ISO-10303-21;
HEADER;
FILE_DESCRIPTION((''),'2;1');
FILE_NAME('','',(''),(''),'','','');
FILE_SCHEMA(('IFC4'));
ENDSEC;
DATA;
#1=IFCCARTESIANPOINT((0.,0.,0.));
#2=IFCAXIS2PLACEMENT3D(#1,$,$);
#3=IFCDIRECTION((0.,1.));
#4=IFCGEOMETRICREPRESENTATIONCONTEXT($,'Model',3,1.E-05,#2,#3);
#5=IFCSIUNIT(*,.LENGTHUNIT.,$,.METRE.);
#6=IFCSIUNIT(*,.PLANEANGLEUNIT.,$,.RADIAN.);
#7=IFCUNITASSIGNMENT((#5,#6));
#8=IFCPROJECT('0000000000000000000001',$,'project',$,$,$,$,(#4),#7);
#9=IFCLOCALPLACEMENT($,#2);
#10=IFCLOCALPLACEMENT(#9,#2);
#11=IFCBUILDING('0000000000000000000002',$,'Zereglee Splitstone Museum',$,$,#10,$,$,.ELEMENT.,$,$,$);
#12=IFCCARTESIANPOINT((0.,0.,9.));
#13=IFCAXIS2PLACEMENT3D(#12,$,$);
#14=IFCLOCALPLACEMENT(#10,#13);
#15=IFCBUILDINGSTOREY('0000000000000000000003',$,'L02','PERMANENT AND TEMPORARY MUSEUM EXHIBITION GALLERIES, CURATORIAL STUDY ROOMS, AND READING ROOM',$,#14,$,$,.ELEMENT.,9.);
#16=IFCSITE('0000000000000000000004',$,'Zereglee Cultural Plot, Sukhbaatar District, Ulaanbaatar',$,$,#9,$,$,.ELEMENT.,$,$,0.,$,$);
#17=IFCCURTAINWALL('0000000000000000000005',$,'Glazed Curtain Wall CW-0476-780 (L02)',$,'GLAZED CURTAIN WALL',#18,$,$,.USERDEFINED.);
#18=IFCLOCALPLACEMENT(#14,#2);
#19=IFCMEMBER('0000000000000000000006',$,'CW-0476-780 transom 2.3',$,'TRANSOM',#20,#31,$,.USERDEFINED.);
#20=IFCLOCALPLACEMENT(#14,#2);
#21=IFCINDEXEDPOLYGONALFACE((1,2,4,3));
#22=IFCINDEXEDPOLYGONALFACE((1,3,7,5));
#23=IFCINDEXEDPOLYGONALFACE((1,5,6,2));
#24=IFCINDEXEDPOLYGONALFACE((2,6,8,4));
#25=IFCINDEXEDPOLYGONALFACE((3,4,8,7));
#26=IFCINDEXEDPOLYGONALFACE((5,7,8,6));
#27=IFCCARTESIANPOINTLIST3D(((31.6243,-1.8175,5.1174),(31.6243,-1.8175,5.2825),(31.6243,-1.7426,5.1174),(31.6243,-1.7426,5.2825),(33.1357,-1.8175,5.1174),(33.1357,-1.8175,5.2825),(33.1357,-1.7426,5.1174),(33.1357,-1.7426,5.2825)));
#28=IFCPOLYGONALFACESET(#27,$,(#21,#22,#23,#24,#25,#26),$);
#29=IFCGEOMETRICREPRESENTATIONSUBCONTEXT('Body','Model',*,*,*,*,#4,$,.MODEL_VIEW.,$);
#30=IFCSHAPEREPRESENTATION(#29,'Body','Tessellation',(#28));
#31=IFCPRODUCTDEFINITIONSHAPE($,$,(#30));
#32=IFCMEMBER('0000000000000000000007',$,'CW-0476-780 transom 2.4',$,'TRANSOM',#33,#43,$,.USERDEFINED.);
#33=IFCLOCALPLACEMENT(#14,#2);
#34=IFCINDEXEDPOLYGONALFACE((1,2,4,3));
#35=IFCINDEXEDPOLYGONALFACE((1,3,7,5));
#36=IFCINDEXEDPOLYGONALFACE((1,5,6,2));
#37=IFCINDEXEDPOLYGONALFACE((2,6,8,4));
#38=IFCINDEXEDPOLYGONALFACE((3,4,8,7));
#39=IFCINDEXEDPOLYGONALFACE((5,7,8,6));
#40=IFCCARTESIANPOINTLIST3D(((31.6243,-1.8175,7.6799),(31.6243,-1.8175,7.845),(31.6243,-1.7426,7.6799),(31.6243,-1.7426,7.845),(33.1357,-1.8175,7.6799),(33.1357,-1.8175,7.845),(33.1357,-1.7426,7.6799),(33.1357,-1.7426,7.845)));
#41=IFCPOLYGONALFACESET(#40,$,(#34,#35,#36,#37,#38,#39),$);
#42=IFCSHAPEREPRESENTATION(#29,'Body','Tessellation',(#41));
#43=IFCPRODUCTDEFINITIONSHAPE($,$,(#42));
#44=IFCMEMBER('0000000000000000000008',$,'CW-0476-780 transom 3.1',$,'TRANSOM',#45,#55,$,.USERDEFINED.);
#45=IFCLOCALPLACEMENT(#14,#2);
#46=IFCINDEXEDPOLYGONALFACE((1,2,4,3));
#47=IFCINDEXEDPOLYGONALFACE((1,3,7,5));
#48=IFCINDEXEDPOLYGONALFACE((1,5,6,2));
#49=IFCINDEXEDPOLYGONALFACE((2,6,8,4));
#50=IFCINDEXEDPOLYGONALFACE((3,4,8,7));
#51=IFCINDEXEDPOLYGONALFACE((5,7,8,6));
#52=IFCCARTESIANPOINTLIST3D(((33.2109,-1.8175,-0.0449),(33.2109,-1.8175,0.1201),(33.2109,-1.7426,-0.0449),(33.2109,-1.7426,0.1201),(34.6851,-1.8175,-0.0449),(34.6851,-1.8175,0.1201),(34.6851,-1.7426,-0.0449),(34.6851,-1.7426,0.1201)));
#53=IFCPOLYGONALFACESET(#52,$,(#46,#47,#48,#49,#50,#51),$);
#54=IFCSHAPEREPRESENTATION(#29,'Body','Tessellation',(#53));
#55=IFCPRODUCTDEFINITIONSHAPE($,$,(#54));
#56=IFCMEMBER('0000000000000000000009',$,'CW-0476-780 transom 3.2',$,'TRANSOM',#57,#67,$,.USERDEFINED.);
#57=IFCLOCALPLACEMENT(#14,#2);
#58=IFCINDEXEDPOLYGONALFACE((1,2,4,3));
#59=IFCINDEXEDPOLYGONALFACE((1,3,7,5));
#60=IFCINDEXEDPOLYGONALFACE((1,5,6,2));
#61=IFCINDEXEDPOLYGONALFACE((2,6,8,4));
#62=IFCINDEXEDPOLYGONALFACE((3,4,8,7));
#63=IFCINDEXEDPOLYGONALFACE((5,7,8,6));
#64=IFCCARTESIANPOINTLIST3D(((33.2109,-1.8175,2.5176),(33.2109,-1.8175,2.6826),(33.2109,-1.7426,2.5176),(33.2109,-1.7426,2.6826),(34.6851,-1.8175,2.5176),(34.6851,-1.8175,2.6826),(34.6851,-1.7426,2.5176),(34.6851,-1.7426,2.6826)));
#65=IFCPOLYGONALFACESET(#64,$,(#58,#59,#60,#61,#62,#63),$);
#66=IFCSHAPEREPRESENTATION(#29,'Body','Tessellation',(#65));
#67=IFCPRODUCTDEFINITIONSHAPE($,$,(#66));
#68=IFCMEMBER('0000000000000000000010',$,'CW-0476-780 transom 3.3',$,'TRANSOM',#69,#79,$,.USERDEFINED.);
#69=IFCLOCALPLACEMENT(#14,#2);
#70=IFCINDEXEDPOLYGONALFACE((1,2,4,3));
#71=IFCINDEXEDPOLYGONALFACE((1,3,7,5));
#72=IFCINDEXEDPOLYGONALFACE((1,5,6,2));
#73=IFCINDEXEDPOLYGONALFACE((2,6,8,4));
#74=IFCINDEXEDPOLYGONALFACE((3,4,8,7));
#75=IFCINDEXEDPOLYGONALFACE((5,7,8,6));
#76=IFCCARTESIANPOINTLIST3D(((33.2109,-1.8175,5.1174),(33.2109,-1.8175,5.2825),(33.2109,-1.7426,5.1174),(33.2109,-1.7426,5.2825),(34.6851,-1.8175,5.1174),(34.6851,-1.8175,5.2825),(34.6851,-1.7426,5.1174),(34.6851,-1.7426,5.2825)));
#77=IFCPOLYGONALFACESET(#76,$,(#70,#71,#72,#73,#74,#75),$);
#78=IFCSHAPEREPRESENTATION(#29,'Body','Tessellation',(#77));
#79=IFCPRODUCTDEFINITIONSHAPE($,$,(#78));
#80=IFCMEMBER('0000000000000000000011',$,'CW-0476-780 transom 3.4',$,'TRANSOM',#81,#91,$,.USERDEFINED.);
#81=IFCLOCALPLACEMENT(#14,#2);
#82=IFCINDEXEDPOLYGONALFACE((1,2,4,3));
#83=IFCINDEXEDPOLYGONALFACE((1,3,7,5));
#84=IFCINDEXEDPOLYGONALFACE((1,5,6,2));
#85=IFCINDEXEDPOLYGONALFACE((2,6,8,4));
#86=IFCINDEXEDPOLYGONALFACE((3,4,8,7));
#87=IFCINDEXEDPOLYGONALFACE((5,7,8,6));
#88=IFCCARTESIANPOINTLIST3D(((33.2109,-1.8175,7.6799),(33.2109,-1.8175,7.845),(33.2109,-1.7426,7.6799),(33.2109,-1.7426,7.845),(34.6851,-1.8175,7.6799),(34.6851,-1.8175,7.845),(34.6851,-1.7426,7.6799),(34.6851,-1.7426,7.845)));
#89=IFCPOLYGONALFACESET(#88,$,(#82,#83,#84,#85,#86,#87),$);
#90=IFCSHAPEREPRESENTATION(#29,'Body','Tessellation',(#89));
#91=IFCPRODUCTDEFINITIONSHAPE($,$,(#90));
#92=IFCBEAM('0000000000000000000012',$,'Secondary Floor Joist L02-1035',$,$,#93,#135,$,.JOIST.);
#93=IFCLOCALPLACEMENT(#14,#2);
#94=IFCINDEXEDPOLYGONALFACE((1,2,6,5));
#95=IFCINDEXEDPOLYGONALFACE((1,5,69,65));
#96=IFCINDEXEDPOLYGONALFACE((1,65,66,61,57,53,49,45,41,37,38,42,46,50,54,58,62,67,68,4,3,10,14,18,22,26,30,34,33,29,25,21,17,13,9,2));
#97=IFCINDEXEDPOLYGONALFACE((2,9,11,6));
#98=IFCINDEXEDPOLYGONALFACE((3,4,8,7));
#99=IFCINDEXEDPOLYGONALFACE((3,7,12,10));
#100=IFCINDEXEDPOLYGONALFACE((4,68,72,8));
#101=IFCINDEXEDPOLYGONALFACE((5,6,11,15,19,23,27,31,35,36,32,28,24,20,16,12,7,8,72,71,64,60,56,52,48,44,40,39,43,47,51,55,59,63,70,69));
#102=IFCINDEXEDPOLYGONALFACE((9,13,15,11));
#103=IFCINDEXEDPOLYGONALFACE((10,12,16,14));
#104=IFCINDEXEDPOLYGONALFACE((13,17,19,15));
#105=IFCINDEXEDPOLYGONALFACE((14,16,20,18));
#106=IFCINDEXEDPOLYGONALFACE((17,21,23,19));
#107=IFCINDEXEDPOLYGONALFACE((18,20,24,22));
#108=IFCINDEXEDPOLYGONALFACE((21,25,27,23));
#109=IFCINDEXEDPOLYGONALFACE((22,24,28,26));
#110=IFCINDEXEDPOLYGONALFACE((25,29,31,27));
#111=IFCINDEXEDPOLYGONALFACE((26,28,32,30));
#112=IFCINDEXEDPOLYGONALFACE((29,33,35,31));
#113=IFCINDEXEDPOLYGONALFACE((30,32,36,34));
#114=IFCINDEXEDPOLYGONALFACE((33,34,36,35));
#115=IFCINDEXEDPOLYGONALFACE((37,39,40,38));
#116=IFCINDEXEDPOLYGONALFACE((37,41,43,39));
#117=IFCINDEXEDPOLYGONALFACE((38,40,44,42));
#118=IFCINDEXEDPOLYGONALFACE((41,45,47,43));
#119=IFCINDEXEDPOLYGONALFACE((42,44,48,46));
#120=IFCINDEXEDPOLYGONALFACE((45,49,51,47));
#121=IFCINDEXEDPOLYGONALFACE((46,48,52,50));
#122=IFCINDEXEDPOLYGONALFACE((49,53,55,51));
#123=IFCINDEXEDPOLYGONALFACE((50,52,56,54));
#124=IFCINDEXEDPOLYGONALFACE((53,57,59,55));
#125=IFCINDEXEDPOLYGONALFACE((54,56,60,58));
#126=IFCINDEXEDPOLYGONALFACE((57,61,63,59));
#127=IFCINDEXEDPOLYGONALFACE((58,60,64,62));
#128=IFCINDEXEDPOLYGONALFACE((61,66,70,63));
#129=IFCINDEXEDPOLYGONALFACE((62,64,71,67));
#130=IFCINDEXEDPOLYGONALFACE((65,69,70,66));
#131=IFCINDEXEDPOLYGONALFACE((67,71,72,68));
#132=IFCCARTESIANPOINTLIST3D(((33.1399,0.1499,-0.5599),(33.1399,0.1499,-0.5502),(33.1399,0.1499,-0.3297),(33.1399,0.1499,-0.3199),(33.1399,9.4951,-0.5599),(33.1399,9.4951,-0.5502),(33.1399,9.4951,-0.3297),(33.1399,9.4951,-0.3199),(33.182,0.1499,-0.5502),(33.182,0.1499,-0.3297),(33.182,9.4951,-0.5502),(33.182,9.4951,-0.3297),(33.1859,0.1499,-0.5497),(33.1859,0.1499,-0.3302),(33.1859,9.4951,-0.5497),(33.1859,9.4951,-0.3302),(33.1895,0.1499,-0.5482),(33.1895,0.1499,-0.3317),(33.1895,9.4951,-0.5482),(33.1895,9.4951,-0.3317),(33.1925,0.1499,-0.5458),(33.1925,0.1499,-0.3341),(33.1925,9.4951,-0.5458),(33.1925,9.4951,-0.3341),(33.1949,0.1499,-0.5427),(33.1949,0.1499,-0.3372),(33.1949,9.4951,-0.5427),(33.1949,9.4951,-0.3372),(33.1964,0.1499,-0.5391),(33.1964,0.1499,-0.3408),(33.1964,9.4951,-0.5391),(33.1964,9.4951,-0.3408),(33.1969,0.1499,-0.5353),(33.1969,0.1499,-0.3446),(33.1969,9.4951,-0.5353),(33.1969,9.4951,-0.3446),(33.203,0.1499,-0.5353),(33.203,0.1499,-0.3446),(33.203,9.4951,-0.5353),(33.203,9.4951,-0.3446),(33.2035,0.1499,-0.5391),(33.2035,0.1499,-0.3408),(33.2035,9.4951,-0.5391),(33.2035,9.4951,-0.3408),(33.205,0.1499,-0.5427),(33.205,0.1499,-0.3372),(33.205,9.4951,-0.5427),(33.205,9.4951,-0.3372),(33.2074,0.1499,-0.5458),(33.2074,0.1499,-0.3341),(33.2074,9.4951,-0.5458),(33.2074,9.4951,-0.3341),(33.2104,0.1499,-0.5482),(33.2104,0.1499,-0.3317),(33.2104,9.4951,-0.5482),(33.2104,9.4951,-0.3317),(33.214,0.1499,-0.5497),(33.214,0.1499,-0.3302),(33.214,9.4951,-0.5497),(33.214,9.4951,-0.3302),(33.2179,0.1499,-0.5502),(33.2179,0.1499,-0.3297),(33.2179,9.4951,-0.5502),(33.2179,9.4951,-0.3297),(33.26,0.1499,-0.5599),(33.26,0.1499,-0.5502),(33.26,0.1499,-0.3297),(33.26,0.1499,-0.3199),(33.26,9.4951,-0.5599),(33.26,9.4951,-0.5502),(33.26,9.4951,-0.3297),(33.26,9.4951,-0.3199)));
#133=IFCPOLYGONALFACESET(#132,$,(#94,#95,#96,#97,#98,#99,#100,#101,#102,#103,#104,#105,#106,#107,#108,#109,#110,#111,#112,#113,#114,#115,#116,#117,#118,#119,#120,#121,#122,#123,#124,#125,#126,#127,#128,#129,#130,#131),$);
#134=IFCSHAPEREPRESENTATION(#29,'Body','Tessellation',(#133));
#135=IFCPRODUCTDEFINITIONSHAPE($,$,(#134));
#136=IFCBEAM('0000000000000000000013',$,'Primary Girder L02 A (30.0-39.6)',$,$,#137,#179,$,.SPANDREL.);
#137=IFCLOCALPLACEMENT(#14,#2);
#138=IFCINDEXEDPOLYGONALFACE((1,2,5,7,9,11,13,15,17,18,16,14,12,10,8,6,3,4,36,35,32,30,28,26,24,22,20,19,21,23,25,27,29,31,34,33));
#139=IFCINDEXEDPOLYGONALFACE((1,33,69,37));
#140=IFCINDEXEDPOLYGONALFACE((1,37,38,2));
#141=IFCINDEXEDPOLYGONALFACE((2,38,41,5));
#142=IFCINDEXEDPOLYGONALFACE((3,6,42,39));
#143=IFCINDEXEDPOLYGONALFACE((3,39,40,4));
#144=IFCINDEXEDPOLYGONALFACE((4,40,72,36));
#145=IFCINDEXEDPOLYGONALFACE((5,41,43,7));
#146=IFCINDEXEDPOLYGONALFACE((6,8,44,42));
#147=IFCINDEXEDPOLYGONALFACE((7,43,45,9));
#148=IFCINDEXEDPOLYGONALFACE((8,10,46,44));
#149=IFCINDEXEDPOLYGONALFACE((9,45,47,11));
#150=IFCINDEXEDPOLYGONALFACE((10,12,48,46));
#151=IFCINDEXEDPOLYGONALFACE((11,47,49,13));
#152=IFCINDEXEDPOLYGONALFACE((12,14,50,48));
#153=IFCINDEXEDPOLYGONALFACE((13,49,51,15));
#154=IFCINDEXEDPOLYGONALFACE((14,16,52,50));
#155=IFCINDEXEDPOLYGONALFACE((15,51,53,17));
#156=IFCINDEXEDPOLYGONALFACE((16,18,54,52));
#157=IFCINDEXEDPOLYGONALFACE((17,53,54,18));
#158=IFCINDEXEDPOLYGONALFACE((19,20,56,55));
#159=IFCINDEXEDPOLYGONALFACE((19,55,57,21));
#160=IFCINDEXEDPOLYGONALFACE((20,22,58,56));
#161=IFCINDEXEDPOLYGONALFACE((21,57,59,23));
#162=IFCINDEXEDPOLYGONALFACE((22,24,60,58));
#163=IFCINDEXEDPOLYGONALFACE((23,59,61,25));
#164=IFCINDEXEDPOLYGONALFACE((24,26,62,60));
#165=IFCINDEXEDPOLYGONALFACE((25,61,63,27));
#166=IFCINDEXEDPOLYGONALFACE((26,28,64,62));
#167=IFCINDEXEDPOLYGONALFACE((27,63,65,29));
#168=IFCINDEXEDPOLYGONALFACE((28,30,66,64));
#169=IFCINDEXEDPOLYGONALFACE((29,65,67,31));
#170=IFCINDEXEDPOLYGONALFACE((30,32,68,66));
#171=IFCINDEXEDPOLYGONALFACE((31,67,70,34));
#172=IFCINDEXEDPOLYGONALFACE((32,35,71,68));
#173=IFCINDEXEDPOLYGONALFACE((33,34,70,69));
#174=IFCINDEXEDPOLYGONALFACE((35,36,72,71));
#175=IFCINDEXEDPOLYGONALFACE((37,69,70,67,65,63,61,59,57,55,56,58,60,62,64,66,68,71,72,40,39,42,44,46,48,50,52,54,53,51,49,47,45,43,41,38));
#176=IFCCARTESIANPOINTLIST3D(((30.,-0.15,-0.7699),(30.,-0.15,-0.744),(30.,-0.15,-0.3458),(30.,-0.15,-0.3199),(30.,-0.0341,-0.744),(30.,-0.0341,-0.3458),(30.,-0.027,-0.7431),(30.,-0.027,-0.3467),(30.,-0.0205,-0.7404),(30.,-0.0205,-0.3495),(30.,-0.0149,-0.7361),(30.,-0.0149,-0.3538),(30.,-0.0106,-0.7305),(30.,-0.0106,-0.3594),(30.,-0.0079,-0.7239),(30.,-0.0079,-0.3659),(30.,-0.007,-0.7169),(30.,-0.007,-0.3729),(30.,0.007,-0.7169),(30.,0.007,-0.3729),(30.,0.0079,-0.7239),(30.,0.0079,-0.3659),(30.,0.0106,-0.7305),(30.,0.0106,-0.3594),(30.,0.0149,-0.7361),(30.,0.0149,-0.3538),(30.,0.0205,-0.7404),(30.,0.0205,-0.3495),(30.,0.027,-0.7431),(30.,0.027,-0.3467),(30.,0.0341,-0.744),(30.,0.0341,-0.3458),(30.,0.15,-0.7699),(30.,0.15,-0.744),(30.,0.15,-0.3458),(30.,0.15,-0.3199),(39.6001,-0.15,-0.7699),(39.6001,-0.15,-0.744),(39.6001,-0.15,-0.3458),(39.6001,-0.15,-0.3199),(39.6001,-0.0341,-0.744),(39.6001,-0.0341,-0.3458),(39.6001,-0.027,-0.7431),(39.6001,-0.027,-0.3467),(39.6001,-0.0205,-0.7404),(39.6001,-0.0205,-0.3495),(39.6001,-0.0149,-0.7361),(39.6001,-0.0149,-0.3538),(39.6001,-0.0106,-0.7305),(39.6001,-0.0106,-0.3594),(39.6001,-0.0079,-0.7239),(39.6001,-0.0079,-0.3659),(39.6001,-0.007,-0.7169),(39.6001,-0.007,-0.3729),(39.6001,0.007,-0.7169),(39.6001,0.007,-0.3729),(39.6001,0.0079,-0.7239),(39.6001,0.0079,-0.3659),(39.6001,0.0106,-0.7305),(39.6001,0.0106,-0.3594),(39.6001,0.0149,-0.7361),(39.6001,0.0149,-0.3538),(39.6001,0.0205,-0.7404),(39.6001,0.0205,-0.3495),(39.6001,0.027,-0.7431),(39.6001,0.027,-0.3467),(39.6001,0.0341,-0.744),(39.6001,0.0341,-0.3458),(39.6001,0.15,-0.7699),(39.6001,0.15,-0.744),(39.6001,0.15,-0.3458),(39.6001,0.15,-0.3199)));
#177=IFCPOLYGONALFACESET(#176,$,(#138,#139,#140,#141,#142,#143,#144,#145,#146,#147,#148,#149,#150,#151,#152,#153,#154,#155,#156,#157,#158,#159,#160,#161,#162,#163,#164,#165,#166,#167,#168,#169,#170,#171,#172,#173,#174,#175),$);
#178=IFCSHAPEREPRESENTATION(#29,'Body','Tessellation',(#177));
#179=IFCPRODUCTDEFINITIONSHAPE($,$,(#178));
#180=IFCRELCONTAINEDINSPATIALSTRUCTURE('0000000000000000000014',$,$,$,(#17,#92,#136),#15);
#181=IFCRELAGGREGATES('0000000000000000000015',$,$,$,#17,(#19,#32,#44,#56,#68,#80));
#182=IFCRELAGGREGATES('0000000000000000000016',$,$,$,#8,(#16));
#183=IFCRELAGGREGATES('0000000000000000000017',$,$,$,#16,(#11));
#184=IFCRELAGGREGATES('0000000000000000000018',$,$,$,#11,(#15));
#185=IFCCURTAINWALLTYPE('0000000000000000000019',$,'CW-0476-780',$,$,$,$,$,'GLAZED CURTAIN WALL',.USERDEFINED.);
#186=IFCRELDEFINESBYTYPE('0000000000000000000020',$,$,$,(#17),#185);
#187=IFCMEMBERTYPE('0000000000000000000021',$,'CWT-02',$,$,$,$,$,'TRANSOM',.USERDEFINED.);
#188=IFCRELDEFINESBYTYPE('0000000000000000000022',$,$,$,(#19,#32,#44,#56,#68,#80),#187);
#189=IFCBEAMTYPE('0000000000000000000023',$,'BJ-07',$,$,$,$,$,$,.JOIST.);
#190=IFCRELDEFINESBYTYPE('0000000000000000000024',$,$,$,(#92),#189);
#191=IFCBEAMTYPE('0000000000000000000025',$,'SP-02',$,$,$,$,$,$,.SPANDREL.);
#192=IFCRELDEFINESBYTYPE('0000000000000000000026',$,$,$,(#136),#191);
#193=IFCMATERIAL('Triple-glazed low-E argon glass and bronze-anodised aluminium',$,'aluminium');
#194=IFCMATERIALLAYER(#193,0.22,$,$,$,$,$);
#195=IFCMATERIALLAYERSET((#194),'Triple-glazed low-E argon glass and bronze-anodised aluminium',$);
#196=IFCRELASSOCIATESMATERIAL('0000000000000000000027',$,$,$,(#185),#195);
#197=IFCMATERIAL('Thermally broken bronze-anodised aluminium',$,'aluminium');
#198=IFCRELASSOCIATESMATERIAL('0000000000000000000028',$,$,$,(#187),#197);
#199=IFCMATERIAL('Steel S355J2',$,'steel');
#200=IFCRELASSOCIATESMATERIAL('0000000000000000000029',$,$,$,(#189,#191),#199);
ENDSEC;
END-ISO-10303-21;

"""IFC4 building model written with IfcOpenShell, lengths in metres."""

from ifc_helpers import new_model, si_unit, direction, frame, origin, origin_2d, place, context, subcontext, project, spatial, rectangle, i_section, extrude, material, layer, layer_set, material_profile, profile_set, type_object, element, aggregate, save


model = new_model("IFC4")

# Units and contexts
model_context = context("Model", 3, precision=1e-05, world=origin(), true_north=direction((0.0, 1.0)))
body_context = subcontext(model_context, "Body", "Model", "MODEL_VIEW")
ifc_project = project(units=[si_unit("LENGTHUNIT", "METRE"), si_unit("PLANEANGLEUNIT", "RADIAN")], contexts=[model_context])

# Site, building, storey
site_placement = place(None, origin())
site = spatial("IfcSite", under=ifc_project, at=site_placement, Name="Zereglee Cultural Plot, Sukhbaatar District, Ulaanbaatar", CompositionType="ELEMENT", RefElevation=0.0)
building_placement = place(site_placement, origin())
building = spatial("IfcBuilding", under=site, at=building_placement, Name="Zereglee Splitstone Museum", CompositionType="ELEMENT")
storey_placement = place(building_placement, frame((0.0, 0.0, 9.0)))
storey = spatial("IfcBuildingStorey", under=building, at=storey_placement, Name="L02", Description="PERMANENT AND TEMPORARY MUSEUM EXHIBITION GALLERIES, CURATORIAL STUDY ROOMS, AND READING ROOM", CompositionType="ELEMENT", Elevation=9.0)

# Curtain wall, members
ifc_material_1 = material(Name="Triple-glazed low-E argon glass and bronze-anodised aluminium", Category="aluminium")
ifc_layer_1 = layer(ifc_material_1, 0.22)
ifc_layer_set_1 = layer_set([ifc_layer_1], Name="Triple-glazed low-E argon glass and bronze-anodised aluminium")
curtain_wall_type = type_object("IfcCurtainWallType", Name="CW-0476-780", ElementType="GLAZED CURTAIN WALL", PredefinedType="USERDEFINED", material=ifc_layer_set_1)
curtain_wall_placement = place(storey_placement, origin())
curtain_wall = element("IfcCurtainWall", 1, at=curtain_wall_placement, inside=storey, type_object=curtain_wall_type, Name="Glazed Curtain Wall CW-0476-780 (L02)", ObjectType="GLAZED CURTAIN WALL", PredefinedType="USERDEFINED")
ifc_material_2 = material(Name="Thermally broken bronze-anodised aluminium", Category="aluminium")
ifc_material_profile_1 = material_profile(ifc_material_2, rectangle(XDim=0.075, YDim=0.165, at=origin_2d()), Name="CW TRAN 75x165")
ifc_profile_set_1 = profile_set([ifc_material_profile_1], Name="Thermally broken bronze-anodised aluminium")
member_type_1 = type_object("IfcMemberType", Name="CWT-02", ElementType="TRANSOM", PredefinedType="USERDEFINED", material=ifc_profile_set_1)
member_1_placement = place(storey_placement, frame((31.6243, -1.78, 5.2), z_axis=(1.0, 0.0, 0.0), x_axis=(0.0, 1.0, 0.0)))
member_1 = element("IfcMember", 2, at=member_1_placement, type_object=member_type_1, Name="CW-0476-780 transom 2.3", ObjectType="TRANSOM", PredefinedType="USERDEFINED", context=body_context, shape_type="SweptSolid", body=[
    extrude(rectangle(XDim=0.075, YDim=0.165, at=origin_2d()), origin(), (0.0, 0.0, 1.0), 1.5115),
])
member_2_placement = place(storey_placement, frame((31.6243, -1.78, 7.7625), z_axis=(1.0, 0.0, 0.0), x_axis=(0.0, 1.0, 0.0)))
member_2 = element("IfcMember", 3, at=member_2_placement, type_object=member_type_1, Name="CW-0476-780 transom 2.4", ObjectType="TRANSOM", PredefinedType="USERDEFINED", context=body_context, shape_type="SweptSolid", body=[
    extrude(rectangle(XDim=0.075, YDim=0.165, at=origin_2d()), origin(), (0.0, 0.0, 1.0), 1.5115),
])
member_3_placement = place(storey_placement, frame((33.2109, -1.78, 0.0376), z_axis=(1.0, 0.0, 0.0), x_axis=(0.0, 1.0, 0.0)))
member_3 = element("IfcMember", 4, at=member_3_placement, type_object=member_type_1, Name="CW-0476-780 transom 3.1", ObjectType="TRANSOM", PredefinedType="USERDEFINED", context=body_context, shape_type="SweptSolid", body=[
    extrude(rectangle(XDim=0.075, YDim=0.165, at=origin_2d()), origin(), (0.0, 0.0, 1.0), 1.4741),
])
member_4_placement = place(storey_placement, frame((33.2109, -1.78, 2.6001), z_axis=(1.0, 0.0, 0.0), x_axis=(0.0, 1.0, 0.0)))
member_4 = element("IfcMember", 5, at=member_4_placement, type_object=member_type_1, Name="CW-0476-780 transom 3.2", ObjectType="TRANSOM", PredefinedType="USERDEFINED", context=body_context, shape_type="SweptSolid", body=[
    extrude(rectangle(XDim=0.075, YDim=0.165, at=origin_2d()), origin(), (0.0, 0.0, 1.0), 1.4741),
])
member_5_placement = place(storey_placement, frame((33.2109, -1.78, 5.2), z_axis=(1.0, 0.0, 0.0), x_axis=(0.0, 1.0, 0.0)))
member_5 = element("IfcMember", 6, at=member_5_placement, type_object=member_type_1, Name="CW-0476-780 transom 3.3", ObjectType="TRANSOM", PredefinedType="USERDEFINED", context=body_context, shape_type="SweptSolid", body=[
    extrude(rectangle(XDim=0.075, YDim=0.165, at=origin_2d()), origin(), (0.0, 0.0, 1.0), 1.4741),
])
member_6_placement = place(storey_placement, frame((33.2109, -1.78, 7.7625), z_axis=(1.0, 0.0, 0.0), x_axis=(0.0, 1.0, 0.0)))
member_6 = element("IfcMember", 7, at=member_6_placement, type_object=member_type_1, Name="CW-0476-780 transom 3.4", ObjectType="TRANSOM", PredefinedType="USERDEFINED", context=body_context, shape_type="SweptSolid", body=[
    extrude(rectangle(XDim=0.075, YDim=0.165, at=origin_2d()), origin(), (0.0, 0.0, 1.0), 1.4741),
])

# Beams
ifc_material_3 = material(Name="Steel S355J2", Category="steel")
ifc_material_profile_2 = material_profile(ifc_material_3, i_section(OverallWidth=0.1201, OverallDepth=0.24, WebThickness=0.0061, FlangeThickness=0.0098, FilletRadius=0.0149, at=origin_2d()), Name="IPE 240")
ifc_profile_set_2 = profile_set([ifc_material_profile_2], Name="Steel S355J2")
beam_type_1 = type_object("IfcBeamType", Name="BJ-07", PredefinedType="JOIST", material=ifc_profile_set_2)
beam_placement = place(storey_placement, frame((33.2, 0.1499, -0.4399), z_axis=(0.0, 1.0, 0.0), x_axis=(-1.0, 0.0, 0.0)))
element("IfcBeam", 8, at=beam_placement, inside=storey, type_object=beam_type_1, Name="Secondary Floor Joist L02-1035", PredefinedType="JOIST", context=body_context, shape_type="SweptSolid", body=[
    extrude(i_section(OverallWidth=0.1201, OverallDepth=0.24, WebThickness=0.0061, FlangeThickness=0.0098, FilletRadius=0.0149, at=origin_2d()), origin(), (0.0, 0.0, 1.0), 9.3452),
])
ifc_material_profile_3 = material_profile(ifc_material_3, i_section(OverallWidth=0.3, OverallDepth=0.45, WebThickness=0.0139, FlangeThickness=0.0259, FilletRadius=0.0271, at=origin_2d()), Name="HE 450 B")
ifc_profile_set_3 = profile_set([ifc_material_profile_3], Name="Steel S355J2")
beam_type_2 = type_object("IfcBeamType", Name="SP-02", PredefinedType="SPANDREL", material=ifc_profile_set_3)
for number, where, z_axis, x_axis, name in (
    (9, (30.0, 0.0, -0.5449), (1.0, 0.0, 0.0), (0.0, 1.0, 0.0), "Primary Girder L02 A (30.0-39.6)"),
):
    element("IfcBeam", number, at=place(storey_placement, frame(where, z_axis=z_axis, x_axis=x_axis)), inside=storey, type_object=beam_type_2, Name=name, PredefinedType="SPANDREL", context=body_context, shape_type="SweptSolid", body=[
        extrude(i_section(OverallWidth=0.3, OverallDepth=0.45, WebThickness=0.0139, FlangeThickness=0.0259, FilletRadius=0.0271, at=origin_2d()), origin(), (0.0, 0.0, 1.0), 9.6001),
    ])

aggregate(curtain_wall, [member_1, member_2, member_3, member_4, member_5, member_6])

save(model, "model.ifc")
